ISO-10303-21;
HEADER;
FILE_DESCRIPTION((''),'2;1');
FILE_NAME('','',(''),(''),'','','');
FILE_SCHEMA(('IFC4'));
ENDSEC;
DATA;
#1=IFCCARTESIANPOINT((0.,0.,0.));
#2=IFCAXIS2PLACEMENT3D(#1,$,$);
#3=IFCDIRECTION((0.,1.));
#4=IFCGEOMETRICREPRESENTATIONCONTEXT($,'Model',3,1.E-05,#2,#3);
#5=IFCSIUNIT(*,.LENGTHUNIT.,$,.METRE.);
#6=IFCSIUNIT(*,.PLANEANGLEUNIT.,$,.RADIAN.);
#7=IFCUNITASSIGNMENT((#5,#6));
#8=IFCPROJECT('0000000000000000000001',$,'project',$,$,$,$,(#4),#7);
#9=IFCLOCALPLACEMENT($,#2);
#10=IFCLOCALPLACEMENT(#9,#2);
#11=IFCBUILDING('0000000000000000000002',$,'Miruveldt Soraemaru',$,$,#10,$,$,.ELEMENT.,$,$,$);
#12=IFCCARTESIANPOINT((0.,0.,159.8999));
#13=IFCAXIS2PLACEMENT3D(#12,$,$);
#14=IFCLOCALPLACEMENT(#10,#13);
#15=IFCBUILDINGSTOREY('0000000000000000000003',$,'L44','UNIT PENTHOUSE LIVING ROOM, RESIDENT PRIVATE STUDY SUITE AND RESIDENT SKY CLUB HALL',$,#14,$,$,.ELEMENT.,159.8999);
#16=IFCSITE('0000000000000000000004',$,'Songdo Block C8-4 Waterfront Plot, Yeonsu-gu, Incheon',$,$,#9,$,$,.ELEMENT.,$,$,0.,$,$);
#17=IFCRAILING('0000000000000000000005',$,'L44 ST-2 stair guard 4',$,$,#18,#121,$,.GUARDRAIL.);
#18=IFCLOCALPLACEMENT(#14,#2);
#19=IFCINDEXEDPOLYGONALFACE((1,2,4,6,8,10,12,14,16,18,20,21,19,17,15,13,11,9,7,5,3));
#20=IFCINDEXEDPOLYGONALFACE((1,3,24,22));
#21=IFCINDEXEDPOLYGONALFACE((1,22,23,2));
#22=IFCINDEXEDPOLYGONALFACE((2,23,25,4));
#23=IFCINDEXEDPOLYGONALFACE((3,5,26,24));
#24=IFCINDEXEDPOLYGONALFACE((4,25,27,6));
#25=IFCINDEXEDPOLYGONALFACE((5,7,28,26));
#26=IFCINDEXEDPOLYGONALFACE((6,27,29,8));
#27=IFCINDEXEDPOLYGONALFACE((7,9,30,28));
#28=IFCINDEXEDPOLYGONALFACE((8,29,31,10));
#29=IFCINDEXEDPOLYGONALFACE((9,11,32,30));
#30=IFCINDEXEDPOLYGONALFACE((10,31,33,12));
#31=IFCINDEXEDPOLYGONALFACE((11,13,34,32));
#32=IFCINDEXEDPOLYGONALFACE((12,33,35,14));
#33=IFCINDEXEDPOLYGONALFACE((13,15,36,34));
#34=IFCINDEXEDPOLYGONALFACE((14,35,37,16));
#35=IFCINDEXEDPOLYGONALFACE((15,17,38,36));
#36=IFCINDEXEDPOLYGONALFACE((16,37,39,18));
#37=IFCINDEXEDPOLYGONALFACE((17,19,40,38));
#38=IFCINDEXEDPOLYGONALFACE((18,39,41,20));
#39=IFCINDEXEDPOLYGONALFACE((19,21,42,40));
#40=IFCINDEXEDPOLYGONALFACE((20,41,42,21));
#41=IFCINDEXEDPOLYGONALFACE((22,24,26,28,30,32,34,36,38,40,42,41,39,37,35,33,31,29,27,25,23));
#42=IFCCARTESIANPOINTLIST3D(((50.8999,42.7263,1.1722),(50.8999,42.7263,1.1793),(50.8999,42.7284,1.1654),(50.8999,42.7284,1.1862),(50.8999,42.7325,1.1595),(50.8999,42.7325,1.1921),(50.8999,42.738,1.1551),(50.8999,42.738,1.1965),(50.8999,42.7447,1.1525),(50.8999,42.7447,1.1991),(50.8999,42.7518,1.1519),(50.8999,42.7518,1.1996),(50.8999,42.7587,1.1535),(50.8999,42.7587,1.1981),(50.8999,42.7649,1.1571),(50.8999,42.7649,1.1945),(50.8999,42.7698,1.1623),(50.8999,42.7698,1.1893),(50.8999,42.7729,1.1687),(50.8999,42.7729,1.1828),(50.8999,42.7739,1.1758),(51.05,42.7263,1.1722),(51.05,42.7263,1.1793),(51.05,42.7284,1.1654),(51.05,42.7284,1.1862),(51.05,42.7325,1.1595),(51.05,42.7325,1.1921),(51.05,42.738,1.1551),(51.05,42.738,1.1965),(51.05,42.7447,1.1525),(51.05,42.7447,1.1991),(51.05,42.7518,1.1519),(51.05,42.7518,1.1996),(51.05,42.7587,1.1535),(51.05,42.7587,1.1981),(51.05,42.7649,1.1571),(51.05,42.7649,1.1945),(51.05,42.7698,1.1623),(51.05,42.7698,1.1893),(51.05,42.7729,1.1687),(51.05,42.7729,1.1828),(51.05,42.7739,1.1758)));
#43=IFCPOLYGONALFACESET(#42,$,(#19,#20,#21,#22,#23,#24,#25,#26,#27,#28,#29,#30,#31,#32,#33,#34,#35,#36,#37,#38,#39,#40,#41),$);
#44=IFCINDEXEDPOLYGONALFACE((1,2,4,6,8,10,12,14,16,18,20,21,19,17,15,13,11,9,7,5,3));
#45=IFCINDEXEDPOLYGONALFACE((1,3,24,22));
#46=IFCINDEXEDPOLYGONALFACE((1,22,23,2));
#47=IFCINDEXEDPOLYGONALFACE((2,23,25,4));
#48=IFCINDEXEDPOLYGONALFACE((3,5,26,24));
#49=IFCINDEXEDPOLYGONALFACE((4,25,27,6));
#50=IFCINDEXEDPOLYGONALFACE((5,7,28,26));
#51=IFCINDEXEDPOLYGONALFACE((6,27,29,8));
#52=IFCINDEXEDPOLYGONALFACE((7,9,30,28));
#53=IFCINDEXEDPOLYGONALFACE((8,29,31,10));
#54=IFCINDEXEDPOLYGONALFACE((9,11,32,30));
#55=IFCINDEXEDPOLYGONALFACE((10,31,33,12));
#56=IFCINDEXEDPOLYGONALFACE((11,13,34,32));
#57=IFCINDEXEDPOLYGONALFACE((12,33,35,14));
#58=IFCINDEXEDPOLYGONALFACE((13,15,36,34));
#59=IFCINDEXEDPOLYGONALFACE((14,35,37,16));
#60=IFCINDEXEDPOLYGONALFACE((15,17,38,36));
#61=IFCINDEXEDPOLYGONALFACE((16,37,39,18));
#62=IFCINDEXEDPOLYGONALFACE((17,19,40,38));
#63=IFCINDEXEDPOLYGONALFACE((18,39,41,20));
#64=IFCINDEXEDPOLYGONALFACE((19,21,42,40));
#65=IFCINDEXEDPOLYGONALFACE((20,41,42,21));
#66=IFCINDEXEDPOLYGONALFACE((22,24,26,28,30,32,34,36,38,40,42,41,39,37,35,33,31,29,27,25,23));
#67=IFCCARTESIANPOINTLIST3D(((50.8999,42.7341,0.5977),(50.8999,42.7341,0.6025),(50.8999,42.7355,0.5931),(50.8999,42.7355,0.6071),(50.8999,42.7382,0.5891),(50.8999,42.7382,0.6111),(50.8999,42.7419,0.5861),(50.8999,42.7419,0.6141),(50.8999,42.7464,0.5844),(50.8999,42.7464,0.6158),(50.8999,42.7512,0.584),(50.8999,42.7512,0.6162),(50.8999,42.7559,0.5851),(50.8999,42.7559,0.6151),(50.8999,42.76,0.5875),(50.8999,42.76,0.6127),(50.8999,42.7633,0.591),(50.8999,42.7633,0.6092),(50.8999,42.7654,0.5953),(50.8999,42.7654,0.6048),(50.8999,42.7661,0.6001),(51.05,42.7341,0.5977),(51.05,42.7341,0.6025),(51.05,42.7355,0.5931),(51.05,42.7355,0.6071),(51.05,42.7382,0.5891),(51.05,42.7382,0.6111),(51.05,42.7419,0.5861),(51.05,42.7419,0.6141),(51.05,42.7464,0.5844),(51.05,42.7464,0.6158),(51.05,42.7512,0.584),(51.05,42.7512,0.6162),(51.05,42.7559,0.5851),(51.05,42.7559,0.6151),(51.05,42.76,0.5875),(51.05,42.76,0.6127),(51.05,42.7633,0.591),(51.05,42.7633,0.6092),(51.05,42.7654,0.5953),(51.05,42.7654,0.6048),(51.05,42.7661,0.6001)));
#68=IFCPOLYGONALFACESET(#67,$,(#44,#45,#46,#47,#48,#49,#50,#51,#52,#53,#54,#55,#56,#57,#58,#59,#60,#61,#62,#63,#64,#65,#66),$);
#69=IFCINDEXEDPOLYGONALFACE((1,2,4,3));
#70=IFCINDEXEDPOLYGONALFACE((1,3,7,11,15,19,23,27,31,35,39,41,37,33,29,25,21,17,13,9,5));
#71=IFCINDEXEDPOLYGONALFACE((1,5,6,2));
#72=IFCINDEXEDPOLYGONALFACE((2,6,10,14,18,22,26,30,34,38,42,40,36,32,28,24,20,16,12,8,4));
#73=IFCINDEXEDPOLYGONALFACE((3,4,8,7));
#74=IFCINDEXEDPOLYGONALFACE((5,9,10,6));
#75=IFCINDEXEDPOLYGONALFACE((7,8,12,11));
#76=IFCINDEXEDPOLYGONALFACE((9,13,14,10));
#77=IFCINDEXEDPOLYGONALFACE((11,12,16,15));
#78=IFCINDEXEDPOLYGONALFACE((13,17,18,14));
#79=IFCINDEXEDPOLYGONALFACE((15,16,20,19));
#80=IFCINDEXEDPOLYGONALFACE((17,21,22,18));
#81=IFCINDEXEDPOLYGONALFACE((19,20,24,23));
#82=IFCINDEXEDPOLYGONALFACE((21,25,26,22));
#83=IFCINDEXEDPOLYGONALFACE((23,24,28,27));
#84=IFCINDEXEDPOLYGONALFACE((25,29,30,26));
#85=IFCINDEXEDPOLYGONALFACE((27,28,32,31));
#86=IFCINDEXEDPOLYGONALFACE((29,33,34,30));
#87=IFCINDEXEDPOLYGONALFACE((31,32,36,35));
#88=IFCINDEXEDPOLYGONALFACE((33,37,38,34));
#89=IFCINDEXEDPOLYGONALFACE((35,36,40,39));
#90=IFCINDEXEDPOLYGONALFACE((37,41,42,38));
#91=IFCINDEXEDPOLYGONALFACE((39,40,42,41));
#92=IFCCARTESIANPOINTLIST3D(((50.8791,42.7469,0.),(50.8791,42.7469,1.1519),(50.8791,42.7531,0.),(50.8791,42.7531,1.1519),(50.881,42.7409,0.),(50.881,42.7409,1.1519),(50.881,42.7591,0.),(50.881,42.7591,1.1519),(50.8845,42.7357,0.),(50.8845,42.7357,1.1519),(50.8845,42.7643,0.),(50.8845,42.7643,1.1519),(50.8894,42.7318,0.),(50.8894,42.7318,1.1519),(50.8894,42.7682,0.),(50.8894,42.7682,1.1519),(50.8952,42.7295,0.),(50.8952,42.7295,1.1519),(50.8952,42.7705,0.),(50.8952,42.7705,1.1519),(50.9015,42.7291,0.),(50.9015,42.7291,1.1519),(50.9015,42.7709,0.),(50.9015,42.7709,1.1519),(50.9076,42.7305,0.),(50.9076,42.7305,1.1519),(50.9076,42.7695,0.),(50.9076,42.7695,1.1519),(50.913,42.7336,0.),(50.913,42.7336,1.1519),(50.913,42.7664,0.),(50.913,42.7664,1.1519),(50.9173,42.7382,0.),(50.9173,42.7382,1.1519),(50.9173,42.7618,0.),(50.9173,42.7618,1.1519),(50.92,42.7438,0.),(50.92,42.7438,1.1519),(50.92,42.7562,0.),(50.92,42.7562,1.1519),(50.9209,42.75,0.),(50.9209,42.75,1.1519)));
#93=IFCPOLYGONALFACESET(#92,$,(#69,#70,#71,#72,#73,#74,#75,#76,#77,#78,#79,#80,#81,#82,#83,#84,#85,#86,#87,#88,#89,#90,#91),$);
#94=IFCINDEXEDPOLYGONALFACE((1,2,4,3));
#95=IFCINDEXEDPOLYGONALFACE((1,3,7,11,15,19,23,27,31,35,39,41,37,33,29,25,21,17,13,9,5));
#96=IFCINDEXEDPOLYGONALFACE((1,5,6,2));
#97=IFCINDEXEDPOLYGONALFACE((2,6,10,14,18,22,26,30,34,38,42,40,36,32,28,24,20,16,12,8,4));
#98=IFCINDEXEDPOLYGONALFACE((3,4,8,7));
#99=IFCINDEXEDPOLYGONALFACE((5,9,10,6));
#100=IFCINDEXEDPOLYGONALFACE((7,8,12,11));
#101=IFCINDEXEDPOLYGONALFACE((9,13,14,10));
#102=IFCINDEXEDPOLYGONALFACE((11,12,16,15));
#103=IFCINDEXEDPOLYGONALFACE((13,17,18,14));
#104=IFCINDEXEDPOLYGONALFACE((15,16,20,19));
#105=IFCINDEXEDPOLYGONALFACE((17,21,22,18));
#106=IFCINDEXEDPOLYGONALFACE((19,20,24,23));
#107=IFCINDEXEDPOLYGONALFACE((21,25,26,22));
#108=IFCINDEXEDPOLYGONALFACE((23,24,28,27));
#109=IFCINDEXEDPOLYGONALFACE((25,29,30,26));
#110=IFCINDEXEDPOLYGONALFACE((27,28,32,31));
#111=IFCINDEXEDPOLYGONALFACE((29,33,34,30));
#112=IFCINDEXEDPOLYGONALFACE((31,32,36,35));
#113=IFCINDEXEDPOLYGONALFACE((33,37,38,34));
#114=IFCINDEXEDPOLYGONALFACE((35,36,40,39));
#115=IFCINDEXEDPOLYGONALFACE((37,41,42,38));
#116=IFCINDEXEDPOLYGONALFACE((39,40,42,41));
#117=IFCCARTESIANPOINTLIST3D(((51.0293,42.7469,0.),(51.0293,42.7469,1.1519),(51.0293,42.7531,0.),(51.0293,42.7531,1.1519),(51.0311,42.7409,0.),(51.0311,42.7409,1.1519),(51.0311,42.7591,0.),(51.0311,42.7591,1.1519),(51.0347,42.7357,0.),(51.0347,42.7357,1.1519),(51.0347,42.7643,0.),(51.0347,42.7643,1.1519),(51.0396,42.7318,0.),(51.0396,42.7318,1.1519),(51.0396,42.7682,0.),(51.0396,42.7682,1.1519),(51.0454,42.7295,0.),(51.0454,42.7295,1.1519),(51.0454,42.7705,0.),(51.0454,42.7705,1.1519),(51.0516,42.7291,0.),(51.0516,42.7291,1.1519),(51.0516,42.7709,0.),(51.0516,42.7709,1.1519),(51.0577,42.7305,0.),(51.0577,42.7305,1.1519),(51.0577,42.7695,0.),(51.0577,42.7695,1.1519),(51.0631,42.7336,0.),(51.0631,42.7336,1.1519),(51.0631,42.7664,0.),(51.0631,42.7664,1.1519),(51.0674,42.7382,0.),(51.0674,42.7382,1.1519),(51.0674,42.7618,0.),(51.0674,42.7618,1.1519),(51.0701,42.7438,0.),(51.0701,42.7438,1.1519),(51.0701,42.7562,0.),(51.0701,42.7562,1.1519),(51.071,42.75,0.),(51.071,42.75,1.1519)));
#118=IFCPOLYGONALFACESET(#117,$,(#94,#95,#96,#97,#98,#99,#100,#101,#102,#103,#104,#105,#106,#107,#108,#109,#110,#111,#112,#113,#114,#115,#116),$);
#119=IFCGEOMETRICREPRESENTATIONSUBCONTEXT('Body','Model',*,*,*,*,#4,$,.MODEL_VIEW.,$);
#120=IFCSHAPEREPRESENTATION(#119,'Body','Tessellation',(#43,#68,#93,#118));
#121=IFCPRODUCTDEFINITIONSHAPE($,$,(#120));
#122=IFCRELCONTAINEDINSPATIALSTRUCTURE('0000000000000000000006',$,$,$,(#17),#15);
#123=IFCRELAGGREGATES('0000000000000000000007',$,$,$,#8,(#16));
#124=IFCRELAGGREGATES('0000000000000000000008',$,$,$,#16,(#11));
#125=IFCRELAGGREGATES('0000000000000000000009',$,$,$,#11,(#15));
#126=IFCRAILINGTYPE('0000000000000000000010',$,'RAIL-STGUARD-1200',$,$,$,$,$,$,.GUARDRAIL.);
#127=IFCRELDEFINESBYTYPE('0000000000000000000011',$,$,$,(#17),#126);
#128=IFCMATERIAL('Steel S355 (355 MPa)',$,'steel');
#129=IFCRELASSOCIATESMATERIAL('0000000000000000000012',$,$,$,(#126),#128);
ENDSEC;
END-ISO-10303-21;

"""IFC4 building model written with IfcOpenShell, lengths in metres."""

from ifc_helpers import new_model, si_unit, direction, frame, origin, origin_2d, place, context, subcontext, project, spatial, circle, extrude, material, type_object, element, save


model = new_model("IFC4")

# Units and contexts
model_context = context("Model", 3, precision=1e-05, world=origin(), true_north=direction((0.0, 1.0)))
body_context = subcontext(model_context, "Body", "Model", "MODEL_VIEW")
ifc_project = project(units=[si_unit("LENGTHUNIT", "METRE"), si_unit("PLANEANGLEUNIT", "RADIAN")], contexts=[model_context])

# Site, building, storey
site_placement = place(None, origin())
site = spatial("IfcSite", under=ifc_project, at=site_placement, Name="Songdo Block C8-4 Waterfront Plot, Yeonsu-gu, Incheon", CompositionType="ELEMENT", RefElevation=0.0)
building_placement = place(site_placement, origin())
building = spatial("IfcBuilding", under=site, at=building_placement, Name="Miruveldt Soraemaru", CompositionType="ELEMENT")
storey_placement = place(building_placement, frame((0.0, 0.0, 159.8999)))
storey = spatial("IfcBuildingStorey", under=building, at=storey_placement, Name="L44", Description="UNIT PENTHOUSE LIVING ROOM, RESIDENT PRIVATE STUDY SUITE AND RESIDENT SKY CLUB HALL", CompositionType="ELEMENT", Elevation=159.8999)

# Railing
ifc_material_1 = material(Name="Steel S355 (355 MPa)", Category="steel")
railing_type_1 = type_object("IfcRailingType", Name="RAIL-STGUARD-1200", PredefinedType="GUARDRAIL", material=ifc_material_1)
railing_1_placement = place(storey_placement, frame((50.8999, 42.75, 0.0)))
element("IfcRailing", 1, at=railing_1_placement, inside=storey, type_object=railing_type_1, Name="L44 ST-2 stair guard 4", PredefinedType="GUARDRAIL", context=body_context, shape_type="SweptSolid", body=[
    extrude(circle(Radius=0.0239, at=origin_2d()), frame((0.0, 0.0, 1.1758), z_axis=(1.0, 0.0, 0.0), x_axis=(0.0, 1.0, 0.0)), (0.0, 0.0, 1.0), 0.1501),
    extrude(circle(Radius=0.0161, at=origin_2d()), frame((0.0, 0.0, 0.6001), z_axis=(1.0, 0.0, 0.0), x_axis=(0.0, 1.0, 0.0)), (0.0, 0.0, 1.0), 0.1501),
    extrude(circle(Radius=0.021, at=origin_2d()), origin(), (0.0, 0.0, 1.0), 1.1519),
    extrude(circle(Radius=0.021, at=origin_2d()), frame((0.1501, 0.0, 0.0)), (0.0, 0.0, 1.0), 1.1519),
])

save(model, "model.ifc")
